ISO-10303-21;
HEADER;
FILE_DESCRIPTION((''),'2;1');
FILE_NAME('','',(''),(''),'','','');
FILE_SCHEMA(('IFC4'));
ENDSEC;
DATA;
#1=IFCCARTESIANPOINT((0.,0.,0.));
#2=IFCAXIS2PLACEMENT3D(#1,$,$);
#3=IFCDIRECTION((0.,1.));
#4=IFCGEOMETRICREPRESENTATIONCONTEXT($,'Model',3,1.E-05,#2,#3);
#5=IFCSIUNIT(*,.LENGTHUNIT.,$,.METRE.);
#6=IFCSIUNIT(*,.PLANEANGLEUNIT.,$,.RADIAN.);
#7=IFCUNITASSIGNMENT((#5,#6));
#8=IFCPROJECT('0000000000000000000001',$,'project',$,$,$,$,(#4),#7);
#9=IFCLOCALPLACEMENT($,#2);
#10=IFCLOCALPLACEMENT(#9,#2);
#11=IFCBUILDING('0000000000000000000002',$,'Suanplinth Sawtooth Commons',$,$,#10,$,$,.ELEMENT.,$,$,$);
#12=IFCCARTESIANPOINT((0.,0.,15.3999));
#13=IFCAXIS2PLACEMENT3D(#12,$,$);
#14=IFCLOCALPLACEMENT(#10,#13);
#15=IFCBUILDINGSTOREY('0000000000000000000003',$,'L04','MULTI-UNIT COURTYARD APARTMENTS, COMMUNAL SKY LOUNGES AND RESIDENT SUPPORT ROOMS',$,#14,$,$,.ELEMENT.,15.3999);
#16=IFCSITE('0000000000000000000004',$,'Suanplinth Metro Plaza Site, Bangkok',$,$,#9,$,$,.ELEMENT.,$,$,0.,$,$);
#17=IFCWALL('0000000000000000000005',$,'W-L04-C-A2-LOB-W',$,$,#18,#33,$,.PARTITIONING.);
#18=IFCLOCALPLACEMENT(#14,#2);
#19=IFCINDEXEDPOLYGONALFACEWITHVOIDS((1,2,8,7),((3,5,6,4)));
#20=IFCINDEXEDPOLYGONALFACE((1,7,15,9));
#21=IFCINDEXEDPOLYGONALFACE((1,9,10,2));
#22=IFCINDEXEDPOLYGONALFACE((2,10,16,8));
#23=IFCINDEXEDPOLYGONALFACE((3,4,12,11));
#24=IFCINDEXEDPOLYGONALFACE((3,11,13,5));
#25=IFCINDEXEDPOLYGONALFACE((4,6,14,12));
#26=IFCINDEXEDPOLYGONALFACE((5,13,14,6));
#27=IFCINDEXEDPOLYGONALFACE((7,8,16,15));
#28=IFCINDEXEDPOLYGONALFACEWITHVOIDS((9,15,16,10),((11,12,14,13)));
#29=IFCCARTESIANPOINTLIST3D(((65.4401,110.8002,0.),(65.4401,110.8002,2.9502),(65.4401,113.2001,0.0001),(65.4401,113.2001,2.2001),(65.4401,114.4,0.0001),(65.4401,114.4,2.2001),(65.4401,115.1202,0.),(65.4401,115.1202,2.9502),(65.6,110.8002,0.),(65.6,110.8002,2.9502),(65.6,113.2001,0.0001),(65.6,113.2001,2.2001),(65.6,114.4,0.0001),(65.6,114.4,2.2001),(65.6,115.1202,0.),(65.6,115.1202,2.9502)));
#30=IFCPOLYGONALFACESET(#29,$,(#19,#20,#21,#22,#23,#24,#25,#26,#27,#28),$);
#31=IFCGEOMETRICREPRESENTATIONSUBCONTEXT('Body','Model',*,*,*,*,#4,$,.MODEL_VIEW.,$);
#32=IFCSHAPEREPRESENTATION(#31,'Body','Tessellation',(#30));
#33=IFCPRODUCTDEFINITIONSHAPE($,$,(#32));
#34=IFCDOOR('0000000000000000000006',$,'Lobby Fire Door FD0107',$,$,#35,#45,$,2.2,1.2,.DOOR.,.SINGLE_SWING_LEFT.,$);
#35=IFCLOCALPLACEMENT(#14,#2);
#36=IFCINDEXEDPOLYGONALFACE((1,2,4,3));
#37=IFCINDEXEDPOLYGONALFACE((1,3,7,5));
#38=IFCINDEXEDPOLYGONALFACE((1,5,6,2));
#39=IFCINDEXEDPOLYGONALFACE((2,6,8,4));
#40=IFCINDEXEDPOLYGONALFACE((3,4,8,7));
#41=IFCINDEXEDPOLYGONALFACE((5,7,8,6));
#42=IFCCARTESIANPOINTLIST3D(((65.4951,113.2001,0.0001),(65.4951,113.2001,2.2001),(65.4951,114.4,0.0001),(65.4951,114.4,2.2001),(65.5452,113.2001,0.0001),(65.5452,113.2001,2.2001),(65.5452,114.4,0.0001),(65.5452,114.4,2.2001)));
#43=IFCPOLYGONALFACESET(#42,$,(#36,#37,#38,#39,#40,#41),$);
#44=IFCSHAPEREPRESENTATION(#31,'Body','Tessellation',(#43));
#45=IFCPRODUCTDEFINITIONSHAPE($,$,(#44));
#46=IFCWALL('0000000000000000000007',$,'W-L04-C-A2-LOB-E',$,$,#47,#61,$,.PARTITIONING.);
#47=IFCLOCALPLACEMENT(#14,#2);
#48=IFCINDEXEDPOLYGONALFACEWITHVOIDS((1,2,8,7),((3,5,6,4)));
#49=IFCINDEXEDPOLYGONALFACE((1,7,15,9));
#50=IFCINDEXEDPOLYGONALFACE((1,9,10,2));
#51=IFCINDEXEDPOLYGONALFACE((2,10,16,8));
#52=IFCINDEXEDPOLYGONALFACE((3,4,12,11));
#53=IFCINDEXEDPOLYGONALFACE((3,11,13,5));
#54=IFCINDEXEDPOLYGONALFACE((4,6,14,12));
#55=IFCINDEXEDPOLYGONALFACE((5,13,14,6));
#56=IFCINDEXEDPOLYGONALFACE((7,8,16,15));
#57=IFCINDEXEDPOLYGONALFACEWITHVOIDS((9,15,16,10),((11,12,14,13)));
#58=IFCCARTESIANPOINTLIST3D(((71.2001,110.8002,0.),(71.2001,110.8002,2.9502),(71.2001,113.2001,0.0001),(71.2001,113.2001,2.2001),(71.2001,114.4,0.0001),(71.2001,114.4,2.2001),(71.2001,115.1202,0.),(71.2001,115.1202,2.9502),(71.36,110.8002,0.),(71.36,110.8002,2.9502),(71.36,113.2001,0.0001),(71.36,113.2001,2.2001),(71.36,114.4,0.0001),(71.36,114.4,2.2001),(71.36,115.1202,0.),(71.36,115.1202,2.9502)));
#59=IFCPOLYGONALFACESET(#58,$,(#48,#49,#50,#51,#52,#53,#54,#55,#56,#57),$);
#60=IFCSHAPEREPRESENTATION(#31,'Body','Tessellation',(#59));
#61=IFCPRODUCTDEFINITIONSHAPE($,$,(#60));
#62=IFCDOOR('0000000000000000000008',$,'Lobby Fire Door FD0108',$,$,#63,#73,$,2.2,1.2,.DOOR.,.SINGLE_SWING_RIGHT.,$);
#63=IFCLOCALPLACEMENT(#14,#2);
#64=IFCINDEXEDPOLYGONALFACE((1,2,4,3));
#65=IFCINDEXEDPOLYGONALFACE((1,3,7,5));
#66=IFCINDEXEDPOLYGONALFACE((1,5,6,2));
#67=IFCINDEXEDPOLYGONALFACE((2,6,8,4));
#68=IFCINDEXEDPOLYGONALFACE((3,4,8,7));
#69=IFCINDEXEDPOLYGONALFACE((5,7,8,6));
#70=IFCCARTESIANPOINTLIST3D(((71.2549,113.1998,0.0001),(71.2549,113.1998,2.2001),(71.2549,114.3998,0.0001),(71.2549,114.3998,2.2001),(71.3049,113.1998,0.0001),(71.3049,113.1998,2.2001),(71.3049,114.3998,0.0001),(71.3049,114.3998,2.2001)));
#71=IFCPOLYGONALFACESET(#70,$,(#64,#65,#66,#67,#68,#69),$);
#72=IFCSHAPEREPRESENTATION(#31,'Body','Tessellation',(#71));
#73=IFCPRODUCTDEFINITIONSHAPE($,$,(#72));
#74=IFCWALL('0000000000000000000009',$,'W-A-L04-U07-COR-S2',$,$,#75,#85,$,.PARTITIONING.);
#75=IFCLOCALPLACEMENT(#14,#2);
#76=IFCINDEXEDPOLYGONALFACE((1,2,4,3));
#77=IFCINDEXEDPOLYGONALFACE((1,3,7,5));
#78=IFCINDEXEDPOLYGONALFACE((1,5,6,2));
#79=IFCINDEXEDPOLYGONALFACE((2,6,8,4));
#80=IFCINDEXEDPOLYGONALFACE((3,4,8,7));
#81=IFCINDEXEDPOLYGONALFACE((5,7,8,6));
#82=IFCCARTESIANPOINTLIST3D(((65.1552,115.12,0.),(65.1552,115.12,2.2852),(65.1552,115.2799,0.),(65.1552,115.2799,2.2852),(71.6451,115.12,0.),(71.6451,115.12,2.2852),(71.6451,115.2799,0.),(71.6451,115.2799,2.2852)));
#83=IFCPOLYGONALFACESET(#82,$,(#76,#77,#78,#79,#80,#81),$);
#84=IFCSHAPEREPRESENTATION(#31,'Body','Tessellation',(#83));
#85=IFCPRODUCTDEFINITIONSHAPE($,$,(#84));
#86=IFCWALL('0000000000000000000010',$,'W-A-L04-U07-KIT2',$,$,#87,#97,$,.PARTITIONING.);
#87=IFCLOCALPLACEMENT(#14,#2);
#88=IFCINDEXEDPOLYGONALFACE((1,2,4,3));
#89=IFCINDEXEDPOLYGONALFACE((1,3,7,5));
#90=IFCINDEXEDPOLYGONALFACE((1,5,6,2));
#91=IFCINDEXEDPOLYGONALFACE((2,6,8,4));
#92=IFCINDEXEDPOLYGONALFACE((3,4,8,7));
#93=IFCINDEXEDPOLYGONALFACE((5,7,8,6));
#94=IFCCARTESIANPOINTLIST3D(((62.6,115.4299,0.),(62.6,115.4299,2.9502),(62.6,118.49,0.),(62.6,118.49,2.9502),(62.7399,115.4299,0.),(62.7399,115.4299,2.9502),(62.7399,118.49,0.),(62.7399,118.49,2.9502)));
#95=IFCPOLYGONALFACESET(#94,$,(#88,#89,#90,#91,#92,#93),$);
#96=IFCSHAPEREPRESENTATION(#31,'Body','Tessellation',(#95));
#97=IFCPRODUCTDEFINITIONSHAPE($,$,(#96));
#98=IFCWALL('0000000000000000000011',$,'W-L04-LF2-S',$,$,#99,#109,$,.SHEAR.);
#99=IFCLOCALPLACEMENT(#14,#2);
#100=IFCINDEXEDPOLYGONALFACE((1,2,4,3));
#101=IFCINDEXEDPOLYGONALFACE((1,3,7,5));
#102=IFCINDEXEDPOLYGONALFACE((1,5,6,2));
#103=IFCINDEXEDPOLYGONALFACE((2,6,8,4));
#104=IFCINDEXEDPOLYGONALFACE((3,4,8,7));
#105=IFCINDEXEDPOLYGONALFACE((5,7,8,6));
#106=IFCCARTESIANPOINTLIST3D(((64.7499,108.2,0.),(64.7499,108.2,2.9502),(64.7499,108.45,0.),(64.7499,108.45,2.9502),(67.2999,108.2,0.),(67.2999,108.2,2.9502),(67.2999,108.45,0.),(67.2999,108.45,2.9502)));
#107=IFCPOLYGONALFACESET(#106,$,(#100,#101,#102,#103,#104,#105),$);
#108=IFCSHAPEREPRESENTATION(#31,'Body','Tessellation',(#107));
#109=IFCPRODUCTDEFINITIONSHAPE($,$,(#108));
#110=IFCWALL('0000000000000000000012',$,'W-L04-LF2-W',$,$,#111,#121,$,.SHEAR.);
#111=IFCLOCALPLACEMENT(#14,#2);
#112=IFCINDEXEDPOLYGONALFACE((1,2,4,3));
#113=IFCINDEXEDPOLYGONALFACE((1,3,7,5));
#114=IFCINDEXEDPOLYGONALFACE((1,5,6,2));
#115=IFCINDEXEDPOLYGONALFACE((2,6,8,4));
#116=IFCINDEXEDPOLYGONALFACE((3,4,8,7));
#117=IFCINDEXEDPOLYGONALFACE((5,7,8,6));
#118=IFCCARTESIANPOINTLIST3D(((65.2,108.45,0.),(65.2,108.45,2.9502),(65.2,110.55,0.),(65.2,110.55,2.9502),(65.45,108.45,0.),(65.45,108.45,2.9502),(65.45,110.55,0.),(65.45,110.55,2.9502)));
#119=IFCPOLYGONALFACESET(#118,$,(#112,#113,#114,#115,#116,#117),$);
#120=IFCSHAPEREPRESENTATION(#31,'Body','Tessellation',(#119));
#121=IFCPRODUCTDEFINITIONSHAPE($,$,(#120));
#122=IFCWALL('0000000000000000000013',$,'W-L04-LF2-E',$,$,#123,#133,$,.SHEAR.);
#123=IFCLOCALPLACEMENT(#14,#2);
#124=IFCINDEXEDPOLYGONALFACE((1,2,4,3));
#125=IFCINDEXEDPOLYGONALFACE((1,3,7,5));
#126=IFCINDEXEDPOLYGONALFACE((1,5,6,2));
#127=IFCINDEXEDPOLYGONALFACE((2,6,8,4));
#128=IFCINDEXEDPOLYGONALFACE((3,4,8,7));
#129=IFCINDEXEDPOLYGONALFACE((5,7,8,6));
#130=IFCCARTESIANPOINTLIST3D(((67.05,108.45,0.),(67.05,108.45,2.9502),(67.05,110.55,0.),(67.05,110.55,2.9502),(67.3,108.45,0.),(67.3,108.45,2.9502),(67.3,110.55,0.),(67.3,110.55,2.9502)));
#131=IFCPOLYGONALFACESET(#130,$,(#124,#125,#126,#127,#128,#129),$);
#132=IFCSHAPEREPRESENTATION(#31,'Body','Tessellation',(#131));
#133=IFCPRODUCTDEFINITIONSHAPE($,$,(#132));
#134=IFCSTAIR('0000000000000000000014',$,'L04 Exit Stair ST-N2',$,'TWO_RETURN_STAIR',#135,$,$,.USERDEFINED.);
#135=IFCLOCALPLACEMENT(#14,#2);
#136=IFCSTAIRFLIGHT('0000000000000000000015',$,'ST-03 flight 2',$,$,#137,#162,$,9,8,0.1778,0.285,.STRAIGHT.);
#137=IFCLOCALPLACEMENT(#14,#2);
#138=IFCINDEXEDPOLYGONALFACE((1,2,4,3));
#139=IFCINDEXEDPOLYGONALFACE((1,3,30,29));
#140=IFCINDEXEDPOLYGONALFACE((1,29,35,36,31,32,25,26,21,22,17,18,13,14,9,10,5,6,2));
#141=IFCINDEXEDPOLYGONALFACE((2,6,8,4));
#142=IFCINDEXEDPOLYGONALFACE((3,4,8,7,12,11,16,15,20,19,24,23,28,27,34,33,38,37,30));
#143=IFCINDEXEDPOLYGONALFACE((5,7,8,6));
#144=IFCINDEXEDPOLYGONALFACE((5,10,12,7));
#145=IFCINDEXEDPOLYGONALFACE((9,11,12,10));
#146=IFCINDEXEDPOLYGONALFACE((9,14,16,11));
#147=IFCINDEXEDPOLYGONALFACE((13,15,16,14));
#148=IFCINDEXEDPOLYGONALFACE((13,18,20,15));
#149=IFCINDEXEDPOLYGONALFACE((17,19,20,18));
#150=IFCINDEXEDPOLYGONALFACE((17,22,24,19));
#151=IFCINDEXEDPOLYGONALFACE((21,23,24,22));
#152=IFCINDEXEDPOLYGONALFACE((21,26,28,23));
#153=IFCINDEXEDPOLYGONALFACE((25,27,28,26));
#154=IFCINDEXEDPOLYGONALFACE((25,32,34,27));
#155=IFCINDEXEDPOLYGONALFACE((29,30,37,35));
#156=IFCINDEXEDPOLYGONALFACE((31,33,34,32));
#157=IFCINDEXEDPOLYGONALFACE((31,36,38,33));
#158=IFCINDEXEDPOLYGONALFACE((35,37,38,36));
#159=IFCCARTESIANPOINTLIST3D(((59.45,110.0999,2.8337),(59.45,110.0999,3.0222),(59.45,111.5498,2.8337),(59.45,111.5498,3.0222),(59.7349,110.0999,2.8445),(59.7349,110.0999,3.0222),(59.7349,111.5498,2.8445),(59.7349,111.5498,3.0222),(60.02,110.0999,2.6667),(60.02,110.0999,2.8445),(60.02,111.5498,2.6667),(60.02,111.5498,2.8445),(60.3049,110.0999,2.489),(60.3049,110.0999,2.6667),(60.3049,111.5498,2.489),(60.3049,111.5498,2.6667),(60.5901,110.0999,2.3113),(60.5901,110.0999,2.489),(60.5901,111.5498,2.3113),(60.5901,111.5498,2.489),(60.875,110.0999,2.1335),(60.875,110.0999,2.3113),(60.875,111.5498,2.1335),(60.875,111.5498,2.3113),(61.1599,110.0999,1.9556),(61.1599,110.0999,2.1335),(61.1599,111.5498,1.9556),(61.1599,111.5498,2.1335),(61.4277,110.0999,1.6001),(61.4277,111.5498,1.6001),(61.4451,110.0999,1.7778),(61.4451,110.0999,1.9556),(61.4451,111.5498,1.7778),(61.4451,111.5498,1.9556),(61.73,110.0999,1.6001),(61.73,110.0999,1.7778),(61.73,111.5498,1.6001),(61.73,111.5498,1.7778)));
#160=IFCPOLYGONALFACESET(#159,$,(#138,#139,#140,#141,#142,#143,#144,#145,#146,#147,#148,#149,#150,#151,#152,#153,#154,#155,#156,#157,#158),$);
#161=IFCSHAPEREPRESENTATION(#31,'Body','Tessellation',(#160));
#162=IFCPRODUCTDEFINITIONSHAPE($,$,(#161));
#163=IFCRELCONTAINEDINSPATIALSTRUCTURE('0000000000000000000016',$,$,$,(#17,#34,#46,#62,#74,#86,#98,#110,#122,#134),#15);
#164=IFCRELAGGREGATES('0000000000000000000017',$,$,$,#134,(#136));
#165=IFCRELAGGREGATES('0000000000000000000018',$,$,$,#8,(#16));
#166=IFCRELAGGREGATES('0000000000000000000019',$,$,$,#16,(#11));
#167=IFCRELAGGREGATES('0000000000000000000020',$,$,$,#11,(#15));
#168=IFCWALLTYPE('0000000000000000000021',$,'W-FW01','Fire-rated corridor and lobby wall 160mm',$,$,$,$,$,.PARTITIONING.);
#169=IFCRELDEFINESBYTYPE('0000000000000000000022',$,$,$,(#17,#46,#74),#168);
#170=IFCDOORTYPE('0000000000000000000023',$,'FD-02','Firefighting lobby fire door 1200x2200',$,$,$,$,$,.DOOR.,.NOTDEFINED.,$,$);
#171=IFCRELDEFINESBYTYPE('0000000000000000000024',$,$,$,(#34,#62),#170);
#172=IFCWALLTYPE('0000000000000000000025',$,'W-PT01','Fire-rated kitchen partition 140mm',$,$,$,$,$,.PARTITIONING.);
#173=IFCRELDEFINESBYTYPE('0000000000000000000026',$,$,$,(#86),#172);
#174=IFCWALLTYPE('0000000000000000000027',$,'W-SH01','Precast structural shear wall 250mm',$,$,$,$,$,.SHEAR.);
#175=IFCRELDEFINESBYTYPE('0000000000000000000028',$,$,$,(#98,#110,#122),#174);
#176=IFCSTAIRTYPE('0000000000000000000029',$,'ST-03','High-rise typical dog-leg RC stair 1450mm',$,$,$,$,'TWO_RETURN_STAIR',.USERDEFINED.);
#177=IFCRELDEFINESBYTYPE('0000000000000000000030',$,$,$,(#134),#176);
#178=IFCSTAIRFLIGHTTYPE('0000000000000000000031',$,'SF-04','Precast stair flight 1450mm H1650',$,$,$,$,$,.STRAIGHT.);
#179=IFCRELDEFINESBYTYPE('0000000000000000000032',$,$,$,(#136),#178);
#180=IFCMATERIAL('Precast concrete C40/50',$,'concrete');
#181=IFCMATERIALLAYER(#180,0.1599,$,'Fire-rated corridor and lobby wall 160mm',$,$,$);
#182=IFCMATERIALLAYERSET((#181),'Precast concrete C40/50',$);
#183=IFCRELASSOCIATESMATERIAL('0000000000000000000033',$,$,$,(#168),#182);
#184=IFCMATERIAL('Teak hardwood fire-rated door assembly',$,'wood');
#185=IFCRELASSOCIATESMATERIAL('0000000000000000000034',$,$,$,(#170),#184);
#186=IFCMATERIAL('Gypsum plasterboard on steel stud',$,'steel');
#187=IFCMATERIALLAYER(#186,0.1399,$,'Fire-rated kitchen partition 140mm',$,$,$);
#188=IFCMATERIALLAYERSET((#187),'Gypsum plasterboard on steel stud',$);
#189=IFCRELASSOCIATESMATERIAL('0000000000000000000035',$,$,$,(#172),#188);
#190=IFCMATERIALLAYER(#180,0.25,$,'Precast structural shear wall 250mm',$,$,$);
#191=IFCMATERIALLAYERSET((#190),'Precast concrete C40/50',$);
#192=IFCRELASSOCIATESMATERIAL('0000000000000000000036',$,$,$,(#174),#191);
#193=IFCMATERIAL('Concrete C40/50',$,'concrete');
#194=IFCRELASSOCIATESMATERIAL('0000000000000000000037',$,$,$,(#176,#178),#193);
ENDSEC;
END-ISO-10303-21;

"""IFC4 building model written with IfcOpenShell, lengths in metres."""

from ifc_helpers import new_model, si_unit, direction, frame, frame_2d, origin, place, context, subcontext, project, spatial, polyline, rectangle, outline, extrude, material, layer, layer_set, type_object, element, fill, aggregate, save


model = new_model("IFC4")

# Units and contexts
model_context = context("Model", 3, precision=1e-05, world=origin(), true_north=direction((0.0, 1.0)))
body_context = subcontext(model_context, "Body", "Model", "MODEL_VIEW")
ifc_project = project(units=[si_unit("LENGTHUNIT", "METRE"), si_unit("PLANEANGLEUNIT", "RADIAN")], contexts=[model_context])

# Site, building, storey
site_placement = place(None, origin())
site = spatial("IfcSite", under=ifc_project, at=site_placement, Name="Suanplinth Metro Plaza Site, Bangkok", CompositionType="ELEMENT", RefElevation=0.0)
building_placement = place(site_placement, origin())
building = spatial("IfcBuilding", under=site, at=building_placement, Name="Suanplinth Sawtooth Commons", CompositionType="ELEMENT")
storey_placement = place(building_placement, frame((0.0, 0.0, 15.3999)))
storey = spatial("IfcBuildingStorey", under=building, at=storey_placement, Name="L04", Description="MULTI-UNIT COURTYARD APARTMENTS, COMMUNAL SKY LOUNGES AND RESIDENT SUPPORT ROOMS", CompositionType="ELEMENT", Elevation=15.3999)

# Shared definitions
ifc_material_1 = material(Name="Precast concrete C40/50", Category="concrete")

# Shared definitions
ifc_material_2 = material(Name="Concrete C40/50", Category="concrete")

# Walls, openings, doors
ifc_layer_1 = layer(ifc_material_1, 0.1599, Name="Fire-rated corridor and lobby wall 160mm")
ifc_layer_set_1 = layer_set([ifc_layer_1], Name="Precast concrete C40/50")
wall_type_1 = type_object("IfcWallType", Name="W-FW01", Description="Fire-rated corridor and lobby wall 160mm", PredefinedType="PARTITIONING", material=ifc_layer_set_1)
wall_1_placement = place(storey_placement, frame((65.52, 110.8, 0.0), z_axis=(0.0, 0.0, 1.0), x_axis=(0.0, 1.0, 0.0)))
wall_1 = element("IfcWall", 1, at=wall_1_placement, inside=storey, type_object=wall_type_1, Name="W-L04-C-A2-LOB-W", PredefinedType="PARTITIONING", context=body_context, shape_type="SweptSolid", body=[
    extrude(rectangle(XDim=4.3201, YDim=0.1599, at=frame_2d((2.1602, 0.0))), origin(), (0.0, 0.0, 1.0), 2.9502),
])
opening_1_placement = place(wall_1_placement, frame((2.3999, 0.0, 0.0)))
opening_1 = element("IfcOpeningElement", 2, at=opening_1_placement, cuts=wall_1, PredefinedType="OPENING", context=body_context, shape_type="SweptSolid", body=[
    extrude(rectangle(XDim=1.2, YDim=2.2, at=frame_2d((0.6001, 1.1001))), frame((0.0, 0.0947, 0.0), z_axis=(0.0, -1.0, 0.0), x_axis=(1.0, 0.0, 0.0)), (0.0, 0.0, 1.0), 0.1897),
])
ifc_material_3 = material(Name="Teak hardwood fire-rated door assembly", Category="wood")
door_type_1 = type_object("IfcDoorType", Name="FD-02", Description="Firefighting lobby fire door 1200x2200", OperationType="NOTDEFINED", PredefinedType="DOOR", material=ifc_material_3)
door_1_placement = place(opening_1_placement, origin())
door_1 = element("IfcDoor", 3, at=door_1_placement, inside=storey, type_object=door_type_1, Name="Lobby Fire Door FD0107", OperationType="SINGLE_SWING_LEFT", OverallHeight=2.2, OverallWidth=1.2, PredefinedType="DOOR", context=body_context, shape_type="SweptSolid", body=[
    extrude(rectangle(XDim=1.2, YDim=2.2, at=frame_2d((0.6001, 1.1001))), frame((0.0, 0.0249, 0.0), z_axis=(0.0, -1.0, 0.0), x_axis=(1.0, 0.0, 0.0)), (0.0, 0.0, 1.0), 0.05),
])
fill(opening_1, door_1)
wall_2_placement = place(storey_placement, frame((71.28, 110.8, 0.0), z_axis=(0.0, 0.0, 1.0), x_axis=(0.0, 1.0, 0.0)))
wall_2 = element("IfcWall", 4, at=wall_2_placement, inside=storey, type_object=wall_type_1, Name="W-L04-C-A2-LOB-E", PredefinedType="PARTITIONING", context=body_context, shape_type="SweptSolid", body=[
    extrude(rectangle(XDim=4.3201, YDim=0.1599, at=frame_2d((2.1602, 0.0))), origin(), (0.0, 0.0, 1.0), 2.9502),
])
opening_2_placement = place(wall_2_placement, frame((2.3999, 0.0, 0.0)))
opening_2 = element("IfcOpeningElement", 5, at=opening_2_placement, cuts=wall_2, PredefinedType="OPENING", context=body_context, shape_type="SweptSolid", body=[
    extrude(rectangle(XDim=1.2, YDim=2.2, at=frame_2d((0.6001, 1.1001))), frame((0.0, 0.0947, 0.0), z_axis=(0.0, -1.0, 0.0), x_axis=(1.0, 0.0, 0.0)), (0.0, 0.0, 1.0), 0.1897),
])
door_2_placement = place(opening_2_placement, frame((1.2, 0.0, 0.0), z_axis=(0.0, 0.0, 1.0), x_axis=(-1.0, 0.0, 0.0)))
door_2 = element("IfcDoor", 6, at=door_2_placement, inside=storey, type_object=door_type_1, Name="Lobby Fire Door FD0108", OperationType="SINGLE_SWING_RIGHT", OverallHeight=2.2, OverallWidth=1.2, PredefinedType="DOOR", context=body_context, shape_type="SweptSolid", body=[
    extrude(rectangle(XDim=1.2, YDim=2.2, at=frame_2d((0.6001, 1.1001))), frame((0.0, 0.0249, 0.0), z_axis=(0.0, -1.0, 0.0), x_axis=(1.0, 0.0, 0.0)), (0.0, 0.0, 1.0), 0.05),
])
fill(opening_2, door_2)

# Walls
wall_3_placement = place(storey_placement, frame((65.155, 115.2, 0.0), z_axis=(0.0, 0.0, 1.0), x_axis=(1.0, 0.0, 0.0)))
element("IfcWall", 7, at=wall_3_placement, inside=storey, type_object=wall_type_1, Name="W-A-L04-U07-COR-S2", PredefinedType="PARTITIONING", context=body_context, shape_type="SweptSolid", body=[
    extrude(rectangle(XDim=6.49, YDim=0.1599, at=frame_2d((3.2451, 0.0))), origin(), (0.0, 0.0, 1.0), 2.2852),
])
ifc_material_4 = material(Name="Gypsum plasterboard on steel stud", Category="steel")
ifc_layer_2 = layer(ifc_material_4, 0.1399, Name="Fire-rated kitchen partition 140mm")
ifc_layer_set_2 = layer_set([ifc_layer_2], Name="Gypsum plasterboard on steel stud")
wall_type_2 = type_object("IfcWallType", Name="W-PT01", Description="Fire-rated kitchen partition 140mm", PredefinedType="PARTITIONING", material=ifc_layer_set_2)
wall_4_placement = place(storey_placement, frame((62.6699, 115.4299, 0.0), z_axis=(0.0, 0.0, 1.0), x_axis=(0.0, 1.0, 0.0)))
element("IfcWall", 8, at=wall_4_placement, inside=storey, type_object=wall_type_2, Name="W-A-L04-U07-KIT2", PredefinedType="PARTITIONING", context=body_context, shape_type="SweptSolid", body=[
    extrude(rectangle(XDim=3.0601, YDim=0.1399, at=frame_2d((1.53, 0.0))), origin(), (0.0, 0.0, 1.0), 2.9502),
])

# Wall
ifc_layer_3 = layer(ifc_material_1, 0.25, Name="Precast structural shear wall 250mm")
ifc_layer_set_3 = layer_set([ifc_layer_3], Name="Precast concrete C40/50")
wall_type_3 = type_object("IfcWallType", Name="W-SH01", Description="Precast structural shear wall 250mm", PredefinedType="SHEAR", material=ifc_layer_set_3)
wall_5_placement = place(storey_placement, frame((64.75, 108.325, 0.0), z_axis=(0.0, 0.0, 1.0), x_axis=(1.0, 0.0, 0.0)))
element("IfcWall", 9, at=wall_5_placement, inside=storey, type_object=wall_type_3, Name="W-L04-LF2-S", PredefinedType="SHEAR", context=body_context, shape_type="SweptSolid", body=[
    extrude(rectangle(XDim=2.55, YDim=0.25, at=frame_2d((1.2749, 0.0))), origin(), (0.0, 0.0, 1.0), 2.9502),
])

# Walls
for number, where, z_axis, x_axis, name in (
    (10, (65.325, 108.45, 0.0), (0.0, 0.0, 1.0), (0.0, 1.0, 0.0), "W-L04-LF2-W"),
    (11, (67.175, 108.45, 0.0), (0.0, 0.0, 1.0), (0.0, 1.0, 0.0), "W-L04-LF2-E"),
):
    element("IfcWall", number, at=place(storey_placement, frame(where, z_axis=z_axis, x_axis=x_axis)), inside=storey, type_object=wall_type_3, Name=name, PredefinedType="SHEAR", context=body_context, shape_type="SweptSolid", body=[
        extrude(rectangle(XDim=2.1001, YDim=0.25, at=frame_2d((1.05, 0.0))), origin(), (0.0, 0.0, 1.0), 2.9502),
    ])

# Stair, stair flight
stair_type = type_object("IfcStairType", Name="ST-03", Description="High-rise typical dog-leg RC stair 1450mm", ElementType="TWO_RETURN_STAIR", PredefinedType="USERDEFINED", material=ifc_material_2)
stair_placement = place(storey_placement, origin())
stair = element("IfcStair", 12, at=stair_placement, inside=storey, type_object=stair_type, Name="L04 Exit Stair ST-N2", ObjectType="TWO_RETURN_STAIR", PredefinedType="USERDEFINED")
stair_flight_type = type_object("IfcStairFlightType", Name="SF-04", Description="Precast stair flight 1450mm H1650", PredefinedType="STRAIGHT", material=ifc_material_2)
stair_flight_placement = place(storey_placement, frame((61.73, 110.825, 1.6001), z_axis=(0.0, 0.0, 1.0), x_axis=(-1.0, 0.0, 0.0)))
stair_flight = element("IfcStairFlight", 13, at=stair_flight_placement, type_object=stair_flight_type, Name="ST-03 flight 2", NumberOfRisers=9, NumberOfTreads=8, PredefinedType="STRAIGHT", RiserHeight=0.1778, TreadLength=0.285, context=body_context, shape_type="SweptSolid", body=[
    extrude(outline(polyline([(0.0, 0.0), (0.0, 0.1777), (0.2849, 0.1777), (0.2849, 0.3555), (0.5701, 0.3555), (0.5701, 0.5334), (0.855, 0.5334), (0.855, 0.7112), (1.1399, 0.7112), (1.1399, 0.8889), (1.425, 0.8889), (1.425, 1.0667), (1.71, 1.0667), (1.71, 1.2444), (1.9951, 1.2444), (1.9951, 1.4221), (2.28, 1.4221), (2.28, 1.6001), (2.28, 1.2336), (0.3022, 0.0), (0.0, 0.0)])), frame((0.0, 0.7251, 0.0), z_axis=(0.0, -1.0, 0.0), x_axis=(1.0, 0.0, 0.0)), (0.0, 0.0, 1.0), 1.45),
])
aggregate(stair, [stair_flight])

save(model, "model.ifc")
